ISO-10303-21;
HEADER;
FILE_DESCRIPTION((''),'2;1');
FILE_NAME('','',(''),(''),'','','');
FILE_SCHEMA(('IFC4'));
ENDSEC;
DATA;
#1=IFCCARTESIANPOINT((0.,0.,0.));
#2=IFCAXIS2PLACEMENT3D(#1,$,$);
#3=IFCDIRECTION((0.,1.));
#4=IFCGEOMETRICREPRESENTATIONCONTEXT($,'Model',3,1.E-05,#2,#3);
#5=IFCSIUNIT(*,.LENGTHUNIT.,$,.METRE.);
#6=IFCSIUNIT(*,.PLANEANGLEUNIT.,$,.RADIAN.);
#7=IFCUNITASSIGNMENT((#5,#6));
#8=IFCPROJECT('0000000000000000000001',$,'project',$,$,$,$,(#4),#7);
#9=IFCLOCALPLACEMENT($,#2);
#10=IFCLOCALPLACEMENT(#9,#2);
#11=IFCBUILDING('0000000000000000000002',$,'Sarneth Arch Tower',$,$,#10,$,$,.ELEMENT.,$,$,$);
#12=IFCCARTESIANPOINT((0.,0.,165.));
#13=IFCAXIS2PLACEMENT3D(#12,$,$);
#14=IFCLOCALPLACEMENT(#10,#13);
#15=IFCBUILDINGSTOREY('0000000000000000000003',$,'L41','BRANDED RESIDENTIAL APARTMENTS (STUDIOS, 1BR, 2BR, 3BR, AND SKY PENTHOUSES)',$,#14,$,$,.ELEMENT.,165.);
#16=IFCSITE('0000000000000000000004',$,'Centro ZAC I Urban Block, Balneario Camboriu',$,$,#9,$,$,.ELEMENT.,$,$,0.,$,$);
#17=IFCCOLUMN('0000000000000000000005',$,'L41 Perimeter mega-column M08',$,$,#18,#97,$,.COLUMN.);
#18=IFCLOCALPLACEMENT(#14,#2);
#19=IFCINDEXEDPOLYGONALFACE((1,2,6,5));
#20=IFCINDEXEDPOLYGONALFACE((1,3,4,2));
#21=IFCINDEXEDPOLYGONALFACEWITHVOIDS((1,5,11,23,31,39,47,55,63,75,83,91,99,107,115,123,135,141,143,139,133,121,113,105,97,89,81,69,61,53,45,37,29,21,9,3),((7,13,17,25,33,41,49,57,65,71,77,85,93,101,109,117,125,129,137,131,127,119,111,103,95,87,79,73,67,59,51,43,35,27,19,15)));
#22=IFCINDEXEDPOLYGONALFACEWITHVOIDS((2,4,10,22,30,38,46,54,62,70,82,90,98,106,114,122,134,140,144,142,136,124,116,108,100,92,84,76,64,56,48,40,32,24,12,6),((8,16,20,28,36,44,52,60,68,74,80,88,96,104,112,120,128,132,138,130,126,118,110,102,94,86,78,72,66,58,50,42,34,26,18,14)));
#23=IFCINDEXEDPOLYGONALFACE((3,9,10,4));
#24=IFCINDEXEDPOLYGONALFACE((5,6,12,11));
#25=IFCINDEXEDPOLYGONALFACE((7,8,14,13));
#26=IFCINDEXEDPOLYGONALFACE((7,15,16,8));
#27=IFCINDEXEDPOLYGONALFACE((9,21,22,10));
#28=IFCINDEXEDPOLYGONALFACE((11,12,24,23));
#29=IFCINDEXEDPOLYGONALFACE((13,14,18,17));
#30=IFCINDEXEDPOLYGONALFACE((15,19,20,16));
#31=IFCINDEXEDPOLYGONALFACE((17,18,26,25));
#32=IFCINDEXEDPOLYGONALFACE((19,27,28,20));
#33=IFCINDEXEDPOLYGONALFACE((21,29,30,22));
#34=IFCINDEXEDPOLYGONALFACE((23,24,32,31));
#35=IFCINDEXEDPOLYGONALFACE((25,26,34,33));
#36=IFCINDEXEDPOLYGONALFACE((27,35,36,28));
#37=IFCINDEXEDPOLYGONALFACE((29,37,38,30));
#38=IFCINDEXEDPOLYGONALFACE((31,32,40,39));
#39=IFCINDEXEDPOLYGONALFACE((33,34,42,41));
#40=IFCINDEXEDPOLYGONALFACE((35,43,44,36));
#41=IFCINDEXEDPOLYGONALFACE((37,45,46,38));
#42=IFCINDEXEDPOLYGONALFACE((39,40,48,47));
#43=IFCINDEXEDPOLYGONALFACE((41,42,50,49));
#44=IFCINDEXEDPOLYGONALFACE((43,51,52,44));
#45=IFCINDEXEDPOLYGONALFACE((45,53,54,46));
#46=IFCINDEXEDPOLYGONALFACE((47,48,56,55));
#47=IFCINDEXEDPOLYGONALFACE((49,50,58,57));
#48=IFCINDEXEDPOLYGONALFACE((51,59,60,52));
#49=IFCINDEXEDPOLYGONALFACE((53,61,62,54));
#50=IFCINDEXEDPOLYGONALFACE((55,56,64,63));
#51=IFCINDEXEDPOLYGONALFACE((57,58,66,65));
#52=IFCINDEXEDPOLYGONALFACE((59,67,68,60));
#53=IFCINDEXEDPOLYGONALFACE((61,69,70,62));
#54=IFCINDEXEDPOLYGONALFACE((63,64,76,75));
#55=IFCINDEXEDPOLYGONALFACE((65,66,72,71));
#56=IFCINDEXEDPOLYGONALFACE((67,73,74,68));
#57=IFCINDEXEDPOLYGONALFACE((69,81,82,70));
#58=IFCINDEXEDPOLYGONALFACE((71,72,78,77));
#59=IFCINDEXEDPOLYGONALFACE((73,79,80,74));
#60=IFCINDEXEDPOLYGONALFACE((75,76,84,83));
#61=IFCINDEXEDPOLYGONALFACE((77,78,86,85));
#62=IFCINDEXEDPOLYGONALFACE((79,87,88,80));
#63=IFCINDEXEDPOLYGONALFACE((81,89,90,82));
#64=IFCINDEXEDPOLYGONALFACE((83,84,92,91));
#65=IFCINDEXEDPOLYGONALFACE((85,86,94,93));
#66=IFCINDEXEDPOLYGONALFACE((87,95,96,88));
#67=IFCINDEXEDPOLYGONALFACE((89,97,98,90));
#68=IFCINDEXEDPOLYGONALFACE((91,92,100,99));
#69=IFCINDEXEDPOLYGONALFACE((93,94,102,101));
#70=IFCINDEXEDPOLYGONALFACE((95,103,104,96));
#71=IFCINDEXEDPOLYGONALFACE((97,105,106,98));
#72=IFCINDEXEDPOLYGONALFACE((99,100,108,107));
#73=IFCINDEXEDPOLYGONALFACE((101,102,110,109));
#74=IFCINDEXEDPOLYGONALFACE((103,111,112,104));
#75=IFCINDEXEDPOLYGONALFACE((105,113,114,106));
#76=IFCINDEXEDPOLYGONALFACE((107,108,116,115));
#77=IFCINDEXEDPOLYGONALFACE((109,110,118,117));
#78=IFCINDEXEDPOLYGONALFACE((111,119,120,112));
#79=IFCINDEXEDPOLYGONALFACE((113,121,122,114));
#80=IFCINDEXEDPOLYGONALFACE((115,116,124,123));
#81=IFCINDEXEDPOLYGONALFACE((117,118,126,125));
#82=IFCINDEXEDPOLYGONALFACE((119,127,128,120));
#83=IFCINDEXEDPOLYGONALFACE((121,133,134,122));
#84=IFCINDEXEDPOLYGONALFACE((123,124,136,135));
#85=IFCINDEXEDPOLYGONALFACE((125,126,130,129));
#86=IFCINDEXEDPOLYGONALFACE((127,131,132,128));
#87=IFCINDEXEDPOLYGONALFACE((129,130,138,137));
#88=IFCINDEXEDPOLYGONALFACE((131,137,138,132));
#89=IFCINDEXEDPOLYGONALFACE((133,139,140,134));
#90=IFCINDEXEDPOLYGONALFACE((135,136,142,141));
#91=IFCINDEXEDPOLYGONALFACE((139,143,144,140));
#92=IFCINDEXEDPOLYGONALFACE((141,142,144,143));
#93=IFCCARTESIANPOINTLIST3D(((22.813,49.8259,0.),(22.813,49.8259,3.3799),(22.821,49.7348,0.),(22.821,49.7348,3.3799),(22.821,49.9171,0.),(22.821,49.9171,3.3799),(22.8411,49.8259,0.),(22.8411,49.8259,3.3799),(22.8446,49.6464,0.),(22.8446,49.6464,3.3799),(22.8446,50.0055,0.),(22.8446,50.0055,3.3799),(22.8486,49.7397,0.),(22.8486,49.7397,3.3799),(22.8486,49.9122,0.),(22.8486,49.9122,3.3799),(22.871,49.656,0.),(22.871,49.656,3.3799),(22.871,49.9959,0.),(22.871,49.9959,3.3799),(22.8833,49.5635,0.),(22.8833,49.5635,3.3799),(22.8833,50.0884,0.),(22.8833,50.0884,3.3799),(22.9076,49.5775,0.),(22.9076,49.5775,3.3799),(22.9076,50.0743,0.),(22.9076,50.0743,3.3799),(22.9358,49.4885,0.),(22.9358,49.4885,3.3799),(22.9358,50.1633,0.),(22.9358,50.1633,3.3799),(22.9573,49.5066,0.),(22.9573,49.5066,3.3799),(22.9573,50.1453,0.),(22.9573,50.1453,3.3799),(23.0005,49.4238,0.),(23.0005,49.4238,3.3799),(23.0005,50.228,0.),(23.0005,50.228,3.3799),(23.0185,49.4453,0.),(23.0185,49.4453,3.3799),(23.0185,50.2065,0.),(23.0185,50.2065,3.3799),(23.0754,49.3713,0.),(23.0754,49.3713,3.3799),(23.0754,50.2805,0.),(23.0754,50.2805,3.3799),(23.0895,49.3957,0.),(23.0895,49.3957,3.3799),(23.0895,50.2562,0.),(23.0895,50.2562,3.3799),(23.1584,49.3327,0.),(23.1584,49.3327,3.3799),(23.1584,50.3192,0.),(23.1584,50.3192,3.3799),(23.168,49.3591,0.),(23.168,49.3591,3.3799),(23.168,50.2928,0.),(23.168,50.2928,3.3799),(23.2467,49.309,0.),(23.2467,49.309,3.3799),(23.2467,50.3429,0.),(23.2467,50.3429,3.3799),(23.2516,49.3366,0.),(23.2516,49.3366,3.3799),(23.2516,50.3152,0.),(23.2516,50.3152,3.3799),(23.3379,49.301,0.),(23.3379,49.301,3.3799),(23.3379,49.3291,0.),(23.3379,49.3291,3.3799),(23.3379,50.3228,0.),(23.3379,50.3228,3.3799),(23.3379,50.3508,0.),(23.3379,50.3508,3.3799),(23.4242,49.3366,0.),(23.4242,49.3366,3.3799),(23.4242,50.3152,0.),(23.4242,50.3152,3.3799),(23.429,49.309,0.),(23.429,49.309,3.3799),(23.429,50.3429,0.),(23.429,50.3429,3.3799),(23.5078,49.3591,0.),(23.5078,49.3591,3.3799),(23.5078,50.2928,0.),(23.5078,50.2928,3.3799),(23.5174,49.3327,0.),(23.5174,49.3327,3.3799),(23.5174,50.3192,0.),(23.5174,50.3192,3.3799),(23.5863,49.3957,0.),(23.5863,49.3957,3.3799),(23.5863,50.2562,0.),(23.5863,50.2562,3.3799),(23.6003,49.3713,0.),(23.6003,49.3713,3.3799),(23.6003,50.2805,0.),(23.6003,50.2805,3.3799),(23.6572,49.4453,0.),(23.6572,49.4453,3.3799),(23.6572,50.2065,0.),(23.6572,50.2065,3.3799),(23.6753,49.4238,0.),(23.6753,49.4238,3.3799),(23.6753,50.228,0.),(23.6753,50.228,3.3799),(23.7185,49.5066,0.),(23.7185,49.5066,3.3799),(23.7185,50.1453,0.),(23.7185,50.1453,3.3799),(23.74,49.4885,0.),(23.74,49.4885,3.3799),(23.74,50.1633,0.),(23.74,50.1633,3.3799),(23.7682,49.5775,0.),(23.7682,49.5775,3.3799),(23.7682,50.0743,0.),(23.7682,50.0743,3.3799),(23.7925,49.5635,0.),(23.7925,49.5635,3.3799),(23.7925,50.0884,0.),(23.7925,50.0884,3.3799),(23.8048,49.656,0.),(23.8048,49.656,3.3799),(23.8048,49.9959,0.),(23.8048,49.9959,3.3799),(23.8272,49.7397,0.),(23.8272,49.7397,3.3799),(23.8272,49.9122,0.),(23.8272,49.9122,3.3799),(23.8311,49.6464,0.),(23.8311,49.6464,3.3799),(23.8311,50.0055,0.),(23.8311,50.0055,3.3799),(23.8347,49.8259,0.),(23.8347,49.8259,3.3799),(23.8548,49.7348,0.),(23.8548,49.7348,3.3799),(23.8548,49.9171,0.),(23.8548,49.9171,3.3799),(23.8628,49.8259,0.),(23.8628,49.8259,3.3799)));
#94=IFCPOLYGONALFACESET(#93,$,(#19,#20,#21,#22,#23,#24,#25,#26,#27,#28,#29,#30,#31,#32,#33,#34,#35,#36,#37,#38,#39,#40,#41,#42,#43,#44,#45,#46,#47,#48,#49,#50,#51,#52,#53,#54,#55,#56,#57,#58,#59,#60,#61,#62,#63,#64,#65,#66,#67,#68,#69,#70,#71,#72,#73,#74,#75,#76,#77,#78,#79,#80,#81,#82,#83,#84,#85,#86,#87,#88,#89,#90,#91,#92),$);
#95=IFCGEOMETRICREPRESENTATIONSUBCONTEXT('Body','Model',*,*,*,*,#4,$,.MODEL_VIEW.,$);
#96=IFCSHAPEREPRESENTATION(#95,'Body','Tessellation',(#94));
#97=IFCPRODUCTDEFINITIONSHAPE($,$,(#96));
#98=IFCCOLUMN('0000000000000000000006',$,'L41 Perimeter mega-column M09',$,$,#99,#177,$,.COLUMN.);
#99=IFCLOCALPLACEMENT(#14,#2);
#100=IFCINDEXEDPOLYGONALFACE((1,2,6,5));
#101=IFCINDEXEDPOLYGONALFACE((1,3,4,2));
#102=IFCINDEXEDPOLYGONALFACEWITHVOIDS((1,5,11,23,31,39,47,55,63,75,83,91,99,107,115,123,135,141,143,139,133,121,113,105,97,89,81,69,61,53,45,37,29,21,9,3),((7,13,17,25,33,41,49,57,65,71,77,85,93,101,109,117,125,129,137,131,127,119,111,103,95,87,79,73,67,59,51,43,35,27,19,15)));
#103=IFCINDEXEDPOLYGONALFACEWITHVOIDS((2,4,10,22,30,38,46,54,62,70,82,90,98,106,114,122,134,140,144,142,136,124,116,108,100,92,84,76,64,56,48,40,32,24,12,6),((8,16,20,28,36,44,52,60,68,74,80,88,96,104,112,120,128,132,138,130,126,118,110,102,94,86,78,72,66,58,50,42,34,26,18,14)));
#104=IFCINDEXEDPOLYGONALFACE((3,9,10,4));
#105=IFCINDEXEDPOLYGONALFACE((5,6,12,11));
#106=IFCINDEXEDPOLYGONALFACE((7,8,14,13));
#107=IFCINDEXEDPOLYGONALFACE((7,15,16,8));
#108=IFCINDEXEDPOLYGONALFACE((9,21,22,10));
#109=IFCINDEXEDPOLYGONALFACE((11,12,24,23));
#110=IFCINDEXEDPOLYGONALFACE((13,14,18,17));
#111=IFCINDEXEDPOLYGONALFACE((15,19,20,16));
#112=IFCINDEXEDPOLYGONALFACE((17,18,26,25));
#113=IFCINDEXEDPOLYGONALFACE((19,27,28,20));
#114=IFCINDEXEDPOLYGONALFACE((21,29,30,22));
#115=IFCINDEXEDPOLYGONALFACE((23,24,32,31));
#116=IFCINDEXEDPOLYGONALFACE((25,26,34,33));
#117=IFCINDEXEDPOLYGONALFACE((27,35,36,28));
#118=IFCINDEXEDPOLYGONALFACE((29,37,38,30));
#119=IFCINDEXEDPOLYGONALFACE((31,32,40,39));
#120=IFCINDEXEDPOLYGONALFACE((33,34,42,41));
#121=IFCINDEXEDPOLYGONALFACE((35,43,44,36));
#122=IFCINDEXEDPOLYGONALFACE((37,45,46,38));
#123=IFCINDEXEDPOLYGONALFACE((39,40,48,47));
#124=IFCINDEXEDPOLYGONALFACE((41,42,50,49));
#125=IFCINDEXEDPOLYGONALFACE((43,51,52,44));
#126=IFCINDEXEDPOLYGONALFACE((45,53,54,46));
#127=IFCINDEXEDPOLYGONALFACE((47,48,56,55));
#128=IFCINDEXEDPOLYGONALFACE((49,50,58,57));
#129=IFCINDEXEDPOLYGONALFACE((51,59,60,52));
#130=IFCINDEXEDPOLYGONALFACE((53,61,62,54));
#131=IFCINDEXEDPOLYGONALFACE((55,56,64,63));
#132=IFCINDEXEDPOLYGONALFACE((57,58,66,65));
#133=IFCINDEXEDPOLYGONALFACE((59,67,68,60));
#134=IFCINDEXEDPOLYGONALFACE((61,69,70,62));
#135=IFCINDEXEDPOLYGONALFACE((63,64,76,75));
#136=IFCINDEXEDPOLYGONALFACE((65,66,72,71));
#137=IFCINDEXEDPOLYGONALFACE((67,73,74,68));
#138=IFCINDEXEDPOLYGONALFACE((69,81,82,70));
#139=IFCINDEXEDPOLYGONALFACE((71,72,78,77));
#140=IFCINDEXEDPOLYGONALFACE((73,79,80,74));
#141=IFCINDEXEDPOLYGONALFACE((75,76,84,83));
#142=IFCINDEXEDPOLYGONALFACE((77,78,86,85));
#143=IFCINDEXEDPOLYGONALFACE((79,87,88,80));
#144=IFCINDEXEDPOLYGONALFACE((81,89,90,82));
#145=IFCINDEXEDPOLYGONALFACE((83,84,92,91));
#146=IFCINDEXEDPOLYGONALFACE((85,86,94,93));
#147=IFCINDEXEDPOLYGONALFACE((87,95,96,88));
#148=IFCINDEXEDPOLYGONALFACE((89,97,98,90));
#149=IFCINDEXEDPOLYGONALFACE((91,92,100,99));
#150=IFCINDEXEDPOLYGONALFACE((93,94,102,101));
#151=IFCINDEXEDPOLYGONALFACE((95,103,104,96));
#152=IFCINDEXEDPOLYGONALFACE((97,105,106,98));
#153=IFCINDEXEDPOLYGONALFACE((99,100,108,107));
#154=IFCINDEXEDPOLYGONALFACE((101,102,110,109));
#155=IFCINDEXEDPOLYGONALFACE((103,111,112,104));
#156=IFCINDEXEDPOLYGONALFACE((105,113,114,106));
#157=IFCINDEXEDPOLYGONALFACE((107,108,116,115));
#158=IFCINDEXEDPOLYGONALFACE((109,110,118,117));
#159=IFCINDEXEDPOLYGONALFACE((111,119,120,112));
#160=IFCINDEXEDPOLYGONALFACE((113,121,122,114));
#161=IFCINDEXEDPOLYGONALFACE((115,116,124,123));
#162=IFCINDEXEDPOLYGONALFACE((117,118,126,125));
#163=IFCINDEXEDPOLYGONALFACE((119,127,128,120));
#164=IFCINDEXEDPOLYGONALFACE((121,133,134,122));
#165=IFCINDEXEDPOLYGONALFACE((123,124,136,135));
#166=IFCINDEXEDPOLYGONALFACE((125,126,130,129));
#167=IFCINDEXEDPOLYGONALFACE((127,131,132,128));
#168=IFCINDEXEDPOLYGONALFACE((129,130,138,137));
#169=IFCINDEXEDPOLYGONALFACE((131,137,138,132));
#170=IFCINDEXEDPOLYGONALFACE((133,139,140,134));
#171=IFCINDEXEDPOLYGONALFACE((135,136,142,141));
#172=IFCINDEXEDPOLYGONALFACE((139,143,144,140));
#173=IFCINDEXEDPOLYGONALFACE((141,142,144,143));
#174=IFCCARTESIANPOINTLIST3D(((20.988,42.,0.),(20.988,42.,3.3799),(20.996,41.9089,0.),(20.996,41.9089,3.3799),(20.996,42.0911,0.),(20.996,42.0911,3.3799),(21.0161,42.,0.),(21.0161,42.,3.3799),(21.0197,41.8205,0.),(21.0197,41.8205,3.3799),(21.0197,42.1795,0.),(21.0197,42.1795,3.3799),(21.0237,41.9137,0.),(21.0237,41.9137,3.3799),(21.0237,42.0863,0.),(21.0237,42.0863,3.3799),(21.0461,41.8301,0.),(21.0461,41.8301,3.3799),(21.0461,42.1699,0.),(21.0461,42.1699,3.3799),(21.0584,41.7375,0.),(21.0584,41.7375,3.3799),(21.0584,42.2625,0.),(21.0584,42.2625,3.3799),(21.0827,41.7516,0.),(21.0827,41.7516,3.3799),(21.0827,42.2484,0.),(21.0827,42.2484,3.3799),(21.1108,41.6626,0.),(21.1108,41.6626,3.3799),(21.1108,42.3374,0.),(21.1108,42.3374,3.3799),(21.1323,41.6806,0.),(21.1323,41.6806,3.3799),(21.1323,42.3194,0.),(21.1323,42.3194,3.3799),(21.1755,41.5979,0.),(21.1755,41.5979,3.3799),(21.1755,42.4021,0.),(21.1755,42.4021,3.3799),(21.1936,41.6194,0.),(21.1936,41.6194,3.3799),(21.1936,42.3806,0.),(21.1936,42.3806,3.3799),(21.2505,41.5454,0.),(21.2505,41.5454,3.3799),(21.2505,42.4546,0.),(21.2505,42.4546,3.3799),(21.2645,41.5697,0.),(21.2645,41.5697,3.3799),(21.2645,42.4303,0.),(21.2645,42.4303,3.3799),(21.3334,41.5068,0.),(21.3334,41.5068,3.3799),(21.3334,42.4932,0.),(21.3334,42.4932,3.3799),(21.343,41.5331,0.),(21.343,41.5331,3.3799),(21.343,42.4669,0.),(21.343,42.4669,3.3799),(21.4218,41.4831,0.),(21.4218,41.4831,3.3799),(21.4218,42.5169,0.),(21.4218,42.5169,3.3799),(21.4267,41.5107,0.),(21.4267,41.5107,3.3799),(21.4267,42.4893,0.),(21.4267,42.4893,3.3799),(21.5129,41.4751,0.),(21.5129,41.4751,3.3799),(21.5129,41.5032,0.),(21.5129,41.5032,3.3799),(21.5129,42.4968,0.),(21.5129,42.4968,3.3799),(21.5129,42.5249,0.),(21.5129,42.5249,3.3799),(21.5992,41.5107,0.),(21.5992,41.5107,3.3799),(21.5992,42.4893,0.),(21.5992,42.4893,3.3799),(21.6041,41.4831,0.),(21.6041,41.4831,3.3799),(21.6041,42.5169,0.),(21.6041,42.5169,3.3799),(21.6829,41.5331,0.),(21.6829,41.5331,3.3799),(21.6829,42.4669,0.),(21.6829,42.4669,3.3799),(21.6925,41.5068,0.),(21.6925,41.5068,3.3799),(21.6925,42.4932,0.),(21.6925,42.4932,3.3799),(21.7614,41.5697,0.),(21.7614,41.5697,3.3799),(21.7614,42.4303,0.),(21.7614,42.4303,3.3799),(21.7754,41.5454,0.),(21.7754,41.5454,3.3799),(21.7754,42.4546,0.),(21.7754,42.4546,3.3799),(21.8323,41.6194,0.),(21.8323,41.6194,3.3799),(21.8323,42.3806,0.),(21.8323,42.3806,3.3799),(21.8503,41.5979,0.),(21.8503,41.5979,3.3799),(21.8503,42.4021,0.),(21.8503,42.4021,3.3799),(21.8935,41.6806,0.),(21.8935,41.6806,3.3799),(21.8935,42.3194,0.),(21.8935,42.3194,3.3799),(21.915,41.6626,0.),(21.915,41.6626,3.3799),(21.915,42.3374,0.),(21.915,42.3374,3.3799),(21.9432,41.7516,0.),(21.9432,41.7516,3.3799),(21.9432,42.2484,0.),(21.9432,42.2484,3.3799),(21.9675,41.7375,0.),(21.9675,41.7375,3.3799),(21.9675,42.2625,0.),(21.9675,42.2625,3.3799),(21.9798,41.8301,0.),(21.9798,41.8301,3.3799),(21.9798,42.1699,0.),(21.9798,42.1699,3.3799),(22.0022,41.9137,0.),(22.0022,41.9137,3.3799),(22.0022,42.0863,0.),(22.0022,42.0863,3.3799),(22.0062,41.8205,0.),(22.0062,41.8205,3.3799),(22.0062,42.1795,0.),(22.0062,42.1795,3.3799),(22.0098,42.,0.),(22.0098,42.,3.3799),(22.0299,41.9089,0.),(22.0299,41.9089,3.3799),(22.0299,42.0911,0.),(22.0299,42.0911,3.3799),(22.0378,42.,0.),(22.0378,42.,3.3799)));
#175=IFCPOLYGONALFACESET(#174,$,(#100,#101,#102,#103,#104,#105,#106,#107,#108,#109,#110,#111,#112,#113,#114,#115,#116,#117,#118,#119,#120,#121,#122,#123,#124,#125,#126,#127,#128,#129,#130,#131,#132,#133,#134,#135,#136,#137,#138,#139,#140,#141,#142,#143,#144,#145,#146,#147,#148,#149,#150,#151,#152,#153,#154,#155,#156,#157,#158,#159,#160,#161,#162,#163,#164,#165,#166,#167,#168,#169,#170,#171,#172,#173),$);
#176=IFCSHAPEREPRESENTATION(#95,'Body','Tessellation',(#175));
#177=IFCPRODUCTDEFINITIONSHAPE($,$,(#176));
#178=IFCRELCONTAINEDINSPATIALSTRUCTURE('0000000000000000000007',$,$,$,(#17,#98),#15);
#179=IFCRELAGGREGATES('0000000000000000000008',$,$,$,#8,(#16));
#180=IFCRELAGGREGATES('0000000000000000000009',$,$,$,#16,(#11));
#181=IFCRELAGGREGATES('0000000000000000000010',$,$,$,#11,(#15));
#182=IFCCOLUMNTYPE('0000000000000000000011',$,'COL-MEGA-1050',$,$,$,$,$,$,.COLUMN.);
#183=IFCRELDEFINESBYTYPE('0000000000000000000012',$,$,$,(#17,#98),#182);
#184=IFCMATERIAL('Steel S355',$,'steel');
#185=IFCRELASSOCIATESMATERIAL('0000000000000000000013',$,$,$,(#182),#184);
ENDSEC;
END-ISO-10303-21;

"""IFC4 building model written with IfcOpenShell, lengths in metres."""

from ifc_helpers import new_model, si_unit, direction, frame, origin, origin_2d, place, context, subcontext, project, spatial, hollow_circle, extrude, material, material_profile, profile_set, type_object, element, save


model = new_model("IFC4")

# Units and contexts
model_context = context("Model", 3, precision=1e-05, world=origin(), true_north=direction((0.0, 1.0)))
body_context = subcontext(model_context, "Body", "Model", "MODEL_VIEW")
ifc_project = project(units=[si_unit("LENGTHUNIT", "METRE"), si_unit("PLANEANGLEUNIT", "RADIAN")], contexts=[model_context])

# Site, building, storey
site_placement = place(None, origin())
site = spatial("IfcSite", under=ifc_project, at=site_placement, Name="Centro ZAC I Urban Block, Balneario Camboriu", CompositionType="ELEMENT", RefElevation=0.0)
building_placement = place(site_placement, origin())
building = spatial("IfcBuilding", under=site, at=building_placement, Name="Sarneth Arch Tower", CompositionType="ELEMENT")
storey_placement = place(building_placement, frame((0.0, 0.0, 165.0)))
storey = spatial("IfcBuildingStorey", under=building, at=storey_placement, Name="L41", Description="BRANDED RESIDENTIAL APARTMENTS (STUDIOS, 1BR, 2BR, 3BR, AND SKY PENTHOUSES)", CompositionType="ELEMENT", Elevation=165.0)

# Columns
ifc_material_1 = material(Name="Steel S355", Category="steel")
ifc_material_profile_1 = material_profile(ifc_material_1, hollow_circle(Radius=0.5249, WallThickness=0.0281, at=origin_2d()), Name="CHS1050x28")
ifc_profile_set_1 = profile_set([ifc_material_profile_1], Name="Steel S355")
column_type = type_object("IfcColumnType", Name="COL-MEGA-1050", PredefinedType="COLUMN", material=ifc_profile_set_1)
for number, where, z_axis, x_axis, name in (
    (1, (23.3379, 49.8259, 0.0), (0.0, 0.0, 1.0), (1.0, 0.0, 0.0), "L41 Perimeter mega-column M08"),
    (2, (21.5129, 42.0, 0.0), (0.0, 0.0, 1.0), (1.0, 0.0, 0.0), "L41 Perimeter mega-column M09"),
):
    element("IfcColumn", number, at=place(storey_placement, frame(where, z_axis=z_axis, x_axis=x_axis)), inside=storey, type_object=column_type, Name=name, PredefinedType="COLUMN", context=body_context, shape_type="SweptSolid", body=[
        extrude(hollow_circle(Radius=0.5249, WallThickness=0.0281, at=origin_2d()), origin(), (0.0, 0.0, 1.0), 3.3799),
    ])

save(model, "model.ifc")
